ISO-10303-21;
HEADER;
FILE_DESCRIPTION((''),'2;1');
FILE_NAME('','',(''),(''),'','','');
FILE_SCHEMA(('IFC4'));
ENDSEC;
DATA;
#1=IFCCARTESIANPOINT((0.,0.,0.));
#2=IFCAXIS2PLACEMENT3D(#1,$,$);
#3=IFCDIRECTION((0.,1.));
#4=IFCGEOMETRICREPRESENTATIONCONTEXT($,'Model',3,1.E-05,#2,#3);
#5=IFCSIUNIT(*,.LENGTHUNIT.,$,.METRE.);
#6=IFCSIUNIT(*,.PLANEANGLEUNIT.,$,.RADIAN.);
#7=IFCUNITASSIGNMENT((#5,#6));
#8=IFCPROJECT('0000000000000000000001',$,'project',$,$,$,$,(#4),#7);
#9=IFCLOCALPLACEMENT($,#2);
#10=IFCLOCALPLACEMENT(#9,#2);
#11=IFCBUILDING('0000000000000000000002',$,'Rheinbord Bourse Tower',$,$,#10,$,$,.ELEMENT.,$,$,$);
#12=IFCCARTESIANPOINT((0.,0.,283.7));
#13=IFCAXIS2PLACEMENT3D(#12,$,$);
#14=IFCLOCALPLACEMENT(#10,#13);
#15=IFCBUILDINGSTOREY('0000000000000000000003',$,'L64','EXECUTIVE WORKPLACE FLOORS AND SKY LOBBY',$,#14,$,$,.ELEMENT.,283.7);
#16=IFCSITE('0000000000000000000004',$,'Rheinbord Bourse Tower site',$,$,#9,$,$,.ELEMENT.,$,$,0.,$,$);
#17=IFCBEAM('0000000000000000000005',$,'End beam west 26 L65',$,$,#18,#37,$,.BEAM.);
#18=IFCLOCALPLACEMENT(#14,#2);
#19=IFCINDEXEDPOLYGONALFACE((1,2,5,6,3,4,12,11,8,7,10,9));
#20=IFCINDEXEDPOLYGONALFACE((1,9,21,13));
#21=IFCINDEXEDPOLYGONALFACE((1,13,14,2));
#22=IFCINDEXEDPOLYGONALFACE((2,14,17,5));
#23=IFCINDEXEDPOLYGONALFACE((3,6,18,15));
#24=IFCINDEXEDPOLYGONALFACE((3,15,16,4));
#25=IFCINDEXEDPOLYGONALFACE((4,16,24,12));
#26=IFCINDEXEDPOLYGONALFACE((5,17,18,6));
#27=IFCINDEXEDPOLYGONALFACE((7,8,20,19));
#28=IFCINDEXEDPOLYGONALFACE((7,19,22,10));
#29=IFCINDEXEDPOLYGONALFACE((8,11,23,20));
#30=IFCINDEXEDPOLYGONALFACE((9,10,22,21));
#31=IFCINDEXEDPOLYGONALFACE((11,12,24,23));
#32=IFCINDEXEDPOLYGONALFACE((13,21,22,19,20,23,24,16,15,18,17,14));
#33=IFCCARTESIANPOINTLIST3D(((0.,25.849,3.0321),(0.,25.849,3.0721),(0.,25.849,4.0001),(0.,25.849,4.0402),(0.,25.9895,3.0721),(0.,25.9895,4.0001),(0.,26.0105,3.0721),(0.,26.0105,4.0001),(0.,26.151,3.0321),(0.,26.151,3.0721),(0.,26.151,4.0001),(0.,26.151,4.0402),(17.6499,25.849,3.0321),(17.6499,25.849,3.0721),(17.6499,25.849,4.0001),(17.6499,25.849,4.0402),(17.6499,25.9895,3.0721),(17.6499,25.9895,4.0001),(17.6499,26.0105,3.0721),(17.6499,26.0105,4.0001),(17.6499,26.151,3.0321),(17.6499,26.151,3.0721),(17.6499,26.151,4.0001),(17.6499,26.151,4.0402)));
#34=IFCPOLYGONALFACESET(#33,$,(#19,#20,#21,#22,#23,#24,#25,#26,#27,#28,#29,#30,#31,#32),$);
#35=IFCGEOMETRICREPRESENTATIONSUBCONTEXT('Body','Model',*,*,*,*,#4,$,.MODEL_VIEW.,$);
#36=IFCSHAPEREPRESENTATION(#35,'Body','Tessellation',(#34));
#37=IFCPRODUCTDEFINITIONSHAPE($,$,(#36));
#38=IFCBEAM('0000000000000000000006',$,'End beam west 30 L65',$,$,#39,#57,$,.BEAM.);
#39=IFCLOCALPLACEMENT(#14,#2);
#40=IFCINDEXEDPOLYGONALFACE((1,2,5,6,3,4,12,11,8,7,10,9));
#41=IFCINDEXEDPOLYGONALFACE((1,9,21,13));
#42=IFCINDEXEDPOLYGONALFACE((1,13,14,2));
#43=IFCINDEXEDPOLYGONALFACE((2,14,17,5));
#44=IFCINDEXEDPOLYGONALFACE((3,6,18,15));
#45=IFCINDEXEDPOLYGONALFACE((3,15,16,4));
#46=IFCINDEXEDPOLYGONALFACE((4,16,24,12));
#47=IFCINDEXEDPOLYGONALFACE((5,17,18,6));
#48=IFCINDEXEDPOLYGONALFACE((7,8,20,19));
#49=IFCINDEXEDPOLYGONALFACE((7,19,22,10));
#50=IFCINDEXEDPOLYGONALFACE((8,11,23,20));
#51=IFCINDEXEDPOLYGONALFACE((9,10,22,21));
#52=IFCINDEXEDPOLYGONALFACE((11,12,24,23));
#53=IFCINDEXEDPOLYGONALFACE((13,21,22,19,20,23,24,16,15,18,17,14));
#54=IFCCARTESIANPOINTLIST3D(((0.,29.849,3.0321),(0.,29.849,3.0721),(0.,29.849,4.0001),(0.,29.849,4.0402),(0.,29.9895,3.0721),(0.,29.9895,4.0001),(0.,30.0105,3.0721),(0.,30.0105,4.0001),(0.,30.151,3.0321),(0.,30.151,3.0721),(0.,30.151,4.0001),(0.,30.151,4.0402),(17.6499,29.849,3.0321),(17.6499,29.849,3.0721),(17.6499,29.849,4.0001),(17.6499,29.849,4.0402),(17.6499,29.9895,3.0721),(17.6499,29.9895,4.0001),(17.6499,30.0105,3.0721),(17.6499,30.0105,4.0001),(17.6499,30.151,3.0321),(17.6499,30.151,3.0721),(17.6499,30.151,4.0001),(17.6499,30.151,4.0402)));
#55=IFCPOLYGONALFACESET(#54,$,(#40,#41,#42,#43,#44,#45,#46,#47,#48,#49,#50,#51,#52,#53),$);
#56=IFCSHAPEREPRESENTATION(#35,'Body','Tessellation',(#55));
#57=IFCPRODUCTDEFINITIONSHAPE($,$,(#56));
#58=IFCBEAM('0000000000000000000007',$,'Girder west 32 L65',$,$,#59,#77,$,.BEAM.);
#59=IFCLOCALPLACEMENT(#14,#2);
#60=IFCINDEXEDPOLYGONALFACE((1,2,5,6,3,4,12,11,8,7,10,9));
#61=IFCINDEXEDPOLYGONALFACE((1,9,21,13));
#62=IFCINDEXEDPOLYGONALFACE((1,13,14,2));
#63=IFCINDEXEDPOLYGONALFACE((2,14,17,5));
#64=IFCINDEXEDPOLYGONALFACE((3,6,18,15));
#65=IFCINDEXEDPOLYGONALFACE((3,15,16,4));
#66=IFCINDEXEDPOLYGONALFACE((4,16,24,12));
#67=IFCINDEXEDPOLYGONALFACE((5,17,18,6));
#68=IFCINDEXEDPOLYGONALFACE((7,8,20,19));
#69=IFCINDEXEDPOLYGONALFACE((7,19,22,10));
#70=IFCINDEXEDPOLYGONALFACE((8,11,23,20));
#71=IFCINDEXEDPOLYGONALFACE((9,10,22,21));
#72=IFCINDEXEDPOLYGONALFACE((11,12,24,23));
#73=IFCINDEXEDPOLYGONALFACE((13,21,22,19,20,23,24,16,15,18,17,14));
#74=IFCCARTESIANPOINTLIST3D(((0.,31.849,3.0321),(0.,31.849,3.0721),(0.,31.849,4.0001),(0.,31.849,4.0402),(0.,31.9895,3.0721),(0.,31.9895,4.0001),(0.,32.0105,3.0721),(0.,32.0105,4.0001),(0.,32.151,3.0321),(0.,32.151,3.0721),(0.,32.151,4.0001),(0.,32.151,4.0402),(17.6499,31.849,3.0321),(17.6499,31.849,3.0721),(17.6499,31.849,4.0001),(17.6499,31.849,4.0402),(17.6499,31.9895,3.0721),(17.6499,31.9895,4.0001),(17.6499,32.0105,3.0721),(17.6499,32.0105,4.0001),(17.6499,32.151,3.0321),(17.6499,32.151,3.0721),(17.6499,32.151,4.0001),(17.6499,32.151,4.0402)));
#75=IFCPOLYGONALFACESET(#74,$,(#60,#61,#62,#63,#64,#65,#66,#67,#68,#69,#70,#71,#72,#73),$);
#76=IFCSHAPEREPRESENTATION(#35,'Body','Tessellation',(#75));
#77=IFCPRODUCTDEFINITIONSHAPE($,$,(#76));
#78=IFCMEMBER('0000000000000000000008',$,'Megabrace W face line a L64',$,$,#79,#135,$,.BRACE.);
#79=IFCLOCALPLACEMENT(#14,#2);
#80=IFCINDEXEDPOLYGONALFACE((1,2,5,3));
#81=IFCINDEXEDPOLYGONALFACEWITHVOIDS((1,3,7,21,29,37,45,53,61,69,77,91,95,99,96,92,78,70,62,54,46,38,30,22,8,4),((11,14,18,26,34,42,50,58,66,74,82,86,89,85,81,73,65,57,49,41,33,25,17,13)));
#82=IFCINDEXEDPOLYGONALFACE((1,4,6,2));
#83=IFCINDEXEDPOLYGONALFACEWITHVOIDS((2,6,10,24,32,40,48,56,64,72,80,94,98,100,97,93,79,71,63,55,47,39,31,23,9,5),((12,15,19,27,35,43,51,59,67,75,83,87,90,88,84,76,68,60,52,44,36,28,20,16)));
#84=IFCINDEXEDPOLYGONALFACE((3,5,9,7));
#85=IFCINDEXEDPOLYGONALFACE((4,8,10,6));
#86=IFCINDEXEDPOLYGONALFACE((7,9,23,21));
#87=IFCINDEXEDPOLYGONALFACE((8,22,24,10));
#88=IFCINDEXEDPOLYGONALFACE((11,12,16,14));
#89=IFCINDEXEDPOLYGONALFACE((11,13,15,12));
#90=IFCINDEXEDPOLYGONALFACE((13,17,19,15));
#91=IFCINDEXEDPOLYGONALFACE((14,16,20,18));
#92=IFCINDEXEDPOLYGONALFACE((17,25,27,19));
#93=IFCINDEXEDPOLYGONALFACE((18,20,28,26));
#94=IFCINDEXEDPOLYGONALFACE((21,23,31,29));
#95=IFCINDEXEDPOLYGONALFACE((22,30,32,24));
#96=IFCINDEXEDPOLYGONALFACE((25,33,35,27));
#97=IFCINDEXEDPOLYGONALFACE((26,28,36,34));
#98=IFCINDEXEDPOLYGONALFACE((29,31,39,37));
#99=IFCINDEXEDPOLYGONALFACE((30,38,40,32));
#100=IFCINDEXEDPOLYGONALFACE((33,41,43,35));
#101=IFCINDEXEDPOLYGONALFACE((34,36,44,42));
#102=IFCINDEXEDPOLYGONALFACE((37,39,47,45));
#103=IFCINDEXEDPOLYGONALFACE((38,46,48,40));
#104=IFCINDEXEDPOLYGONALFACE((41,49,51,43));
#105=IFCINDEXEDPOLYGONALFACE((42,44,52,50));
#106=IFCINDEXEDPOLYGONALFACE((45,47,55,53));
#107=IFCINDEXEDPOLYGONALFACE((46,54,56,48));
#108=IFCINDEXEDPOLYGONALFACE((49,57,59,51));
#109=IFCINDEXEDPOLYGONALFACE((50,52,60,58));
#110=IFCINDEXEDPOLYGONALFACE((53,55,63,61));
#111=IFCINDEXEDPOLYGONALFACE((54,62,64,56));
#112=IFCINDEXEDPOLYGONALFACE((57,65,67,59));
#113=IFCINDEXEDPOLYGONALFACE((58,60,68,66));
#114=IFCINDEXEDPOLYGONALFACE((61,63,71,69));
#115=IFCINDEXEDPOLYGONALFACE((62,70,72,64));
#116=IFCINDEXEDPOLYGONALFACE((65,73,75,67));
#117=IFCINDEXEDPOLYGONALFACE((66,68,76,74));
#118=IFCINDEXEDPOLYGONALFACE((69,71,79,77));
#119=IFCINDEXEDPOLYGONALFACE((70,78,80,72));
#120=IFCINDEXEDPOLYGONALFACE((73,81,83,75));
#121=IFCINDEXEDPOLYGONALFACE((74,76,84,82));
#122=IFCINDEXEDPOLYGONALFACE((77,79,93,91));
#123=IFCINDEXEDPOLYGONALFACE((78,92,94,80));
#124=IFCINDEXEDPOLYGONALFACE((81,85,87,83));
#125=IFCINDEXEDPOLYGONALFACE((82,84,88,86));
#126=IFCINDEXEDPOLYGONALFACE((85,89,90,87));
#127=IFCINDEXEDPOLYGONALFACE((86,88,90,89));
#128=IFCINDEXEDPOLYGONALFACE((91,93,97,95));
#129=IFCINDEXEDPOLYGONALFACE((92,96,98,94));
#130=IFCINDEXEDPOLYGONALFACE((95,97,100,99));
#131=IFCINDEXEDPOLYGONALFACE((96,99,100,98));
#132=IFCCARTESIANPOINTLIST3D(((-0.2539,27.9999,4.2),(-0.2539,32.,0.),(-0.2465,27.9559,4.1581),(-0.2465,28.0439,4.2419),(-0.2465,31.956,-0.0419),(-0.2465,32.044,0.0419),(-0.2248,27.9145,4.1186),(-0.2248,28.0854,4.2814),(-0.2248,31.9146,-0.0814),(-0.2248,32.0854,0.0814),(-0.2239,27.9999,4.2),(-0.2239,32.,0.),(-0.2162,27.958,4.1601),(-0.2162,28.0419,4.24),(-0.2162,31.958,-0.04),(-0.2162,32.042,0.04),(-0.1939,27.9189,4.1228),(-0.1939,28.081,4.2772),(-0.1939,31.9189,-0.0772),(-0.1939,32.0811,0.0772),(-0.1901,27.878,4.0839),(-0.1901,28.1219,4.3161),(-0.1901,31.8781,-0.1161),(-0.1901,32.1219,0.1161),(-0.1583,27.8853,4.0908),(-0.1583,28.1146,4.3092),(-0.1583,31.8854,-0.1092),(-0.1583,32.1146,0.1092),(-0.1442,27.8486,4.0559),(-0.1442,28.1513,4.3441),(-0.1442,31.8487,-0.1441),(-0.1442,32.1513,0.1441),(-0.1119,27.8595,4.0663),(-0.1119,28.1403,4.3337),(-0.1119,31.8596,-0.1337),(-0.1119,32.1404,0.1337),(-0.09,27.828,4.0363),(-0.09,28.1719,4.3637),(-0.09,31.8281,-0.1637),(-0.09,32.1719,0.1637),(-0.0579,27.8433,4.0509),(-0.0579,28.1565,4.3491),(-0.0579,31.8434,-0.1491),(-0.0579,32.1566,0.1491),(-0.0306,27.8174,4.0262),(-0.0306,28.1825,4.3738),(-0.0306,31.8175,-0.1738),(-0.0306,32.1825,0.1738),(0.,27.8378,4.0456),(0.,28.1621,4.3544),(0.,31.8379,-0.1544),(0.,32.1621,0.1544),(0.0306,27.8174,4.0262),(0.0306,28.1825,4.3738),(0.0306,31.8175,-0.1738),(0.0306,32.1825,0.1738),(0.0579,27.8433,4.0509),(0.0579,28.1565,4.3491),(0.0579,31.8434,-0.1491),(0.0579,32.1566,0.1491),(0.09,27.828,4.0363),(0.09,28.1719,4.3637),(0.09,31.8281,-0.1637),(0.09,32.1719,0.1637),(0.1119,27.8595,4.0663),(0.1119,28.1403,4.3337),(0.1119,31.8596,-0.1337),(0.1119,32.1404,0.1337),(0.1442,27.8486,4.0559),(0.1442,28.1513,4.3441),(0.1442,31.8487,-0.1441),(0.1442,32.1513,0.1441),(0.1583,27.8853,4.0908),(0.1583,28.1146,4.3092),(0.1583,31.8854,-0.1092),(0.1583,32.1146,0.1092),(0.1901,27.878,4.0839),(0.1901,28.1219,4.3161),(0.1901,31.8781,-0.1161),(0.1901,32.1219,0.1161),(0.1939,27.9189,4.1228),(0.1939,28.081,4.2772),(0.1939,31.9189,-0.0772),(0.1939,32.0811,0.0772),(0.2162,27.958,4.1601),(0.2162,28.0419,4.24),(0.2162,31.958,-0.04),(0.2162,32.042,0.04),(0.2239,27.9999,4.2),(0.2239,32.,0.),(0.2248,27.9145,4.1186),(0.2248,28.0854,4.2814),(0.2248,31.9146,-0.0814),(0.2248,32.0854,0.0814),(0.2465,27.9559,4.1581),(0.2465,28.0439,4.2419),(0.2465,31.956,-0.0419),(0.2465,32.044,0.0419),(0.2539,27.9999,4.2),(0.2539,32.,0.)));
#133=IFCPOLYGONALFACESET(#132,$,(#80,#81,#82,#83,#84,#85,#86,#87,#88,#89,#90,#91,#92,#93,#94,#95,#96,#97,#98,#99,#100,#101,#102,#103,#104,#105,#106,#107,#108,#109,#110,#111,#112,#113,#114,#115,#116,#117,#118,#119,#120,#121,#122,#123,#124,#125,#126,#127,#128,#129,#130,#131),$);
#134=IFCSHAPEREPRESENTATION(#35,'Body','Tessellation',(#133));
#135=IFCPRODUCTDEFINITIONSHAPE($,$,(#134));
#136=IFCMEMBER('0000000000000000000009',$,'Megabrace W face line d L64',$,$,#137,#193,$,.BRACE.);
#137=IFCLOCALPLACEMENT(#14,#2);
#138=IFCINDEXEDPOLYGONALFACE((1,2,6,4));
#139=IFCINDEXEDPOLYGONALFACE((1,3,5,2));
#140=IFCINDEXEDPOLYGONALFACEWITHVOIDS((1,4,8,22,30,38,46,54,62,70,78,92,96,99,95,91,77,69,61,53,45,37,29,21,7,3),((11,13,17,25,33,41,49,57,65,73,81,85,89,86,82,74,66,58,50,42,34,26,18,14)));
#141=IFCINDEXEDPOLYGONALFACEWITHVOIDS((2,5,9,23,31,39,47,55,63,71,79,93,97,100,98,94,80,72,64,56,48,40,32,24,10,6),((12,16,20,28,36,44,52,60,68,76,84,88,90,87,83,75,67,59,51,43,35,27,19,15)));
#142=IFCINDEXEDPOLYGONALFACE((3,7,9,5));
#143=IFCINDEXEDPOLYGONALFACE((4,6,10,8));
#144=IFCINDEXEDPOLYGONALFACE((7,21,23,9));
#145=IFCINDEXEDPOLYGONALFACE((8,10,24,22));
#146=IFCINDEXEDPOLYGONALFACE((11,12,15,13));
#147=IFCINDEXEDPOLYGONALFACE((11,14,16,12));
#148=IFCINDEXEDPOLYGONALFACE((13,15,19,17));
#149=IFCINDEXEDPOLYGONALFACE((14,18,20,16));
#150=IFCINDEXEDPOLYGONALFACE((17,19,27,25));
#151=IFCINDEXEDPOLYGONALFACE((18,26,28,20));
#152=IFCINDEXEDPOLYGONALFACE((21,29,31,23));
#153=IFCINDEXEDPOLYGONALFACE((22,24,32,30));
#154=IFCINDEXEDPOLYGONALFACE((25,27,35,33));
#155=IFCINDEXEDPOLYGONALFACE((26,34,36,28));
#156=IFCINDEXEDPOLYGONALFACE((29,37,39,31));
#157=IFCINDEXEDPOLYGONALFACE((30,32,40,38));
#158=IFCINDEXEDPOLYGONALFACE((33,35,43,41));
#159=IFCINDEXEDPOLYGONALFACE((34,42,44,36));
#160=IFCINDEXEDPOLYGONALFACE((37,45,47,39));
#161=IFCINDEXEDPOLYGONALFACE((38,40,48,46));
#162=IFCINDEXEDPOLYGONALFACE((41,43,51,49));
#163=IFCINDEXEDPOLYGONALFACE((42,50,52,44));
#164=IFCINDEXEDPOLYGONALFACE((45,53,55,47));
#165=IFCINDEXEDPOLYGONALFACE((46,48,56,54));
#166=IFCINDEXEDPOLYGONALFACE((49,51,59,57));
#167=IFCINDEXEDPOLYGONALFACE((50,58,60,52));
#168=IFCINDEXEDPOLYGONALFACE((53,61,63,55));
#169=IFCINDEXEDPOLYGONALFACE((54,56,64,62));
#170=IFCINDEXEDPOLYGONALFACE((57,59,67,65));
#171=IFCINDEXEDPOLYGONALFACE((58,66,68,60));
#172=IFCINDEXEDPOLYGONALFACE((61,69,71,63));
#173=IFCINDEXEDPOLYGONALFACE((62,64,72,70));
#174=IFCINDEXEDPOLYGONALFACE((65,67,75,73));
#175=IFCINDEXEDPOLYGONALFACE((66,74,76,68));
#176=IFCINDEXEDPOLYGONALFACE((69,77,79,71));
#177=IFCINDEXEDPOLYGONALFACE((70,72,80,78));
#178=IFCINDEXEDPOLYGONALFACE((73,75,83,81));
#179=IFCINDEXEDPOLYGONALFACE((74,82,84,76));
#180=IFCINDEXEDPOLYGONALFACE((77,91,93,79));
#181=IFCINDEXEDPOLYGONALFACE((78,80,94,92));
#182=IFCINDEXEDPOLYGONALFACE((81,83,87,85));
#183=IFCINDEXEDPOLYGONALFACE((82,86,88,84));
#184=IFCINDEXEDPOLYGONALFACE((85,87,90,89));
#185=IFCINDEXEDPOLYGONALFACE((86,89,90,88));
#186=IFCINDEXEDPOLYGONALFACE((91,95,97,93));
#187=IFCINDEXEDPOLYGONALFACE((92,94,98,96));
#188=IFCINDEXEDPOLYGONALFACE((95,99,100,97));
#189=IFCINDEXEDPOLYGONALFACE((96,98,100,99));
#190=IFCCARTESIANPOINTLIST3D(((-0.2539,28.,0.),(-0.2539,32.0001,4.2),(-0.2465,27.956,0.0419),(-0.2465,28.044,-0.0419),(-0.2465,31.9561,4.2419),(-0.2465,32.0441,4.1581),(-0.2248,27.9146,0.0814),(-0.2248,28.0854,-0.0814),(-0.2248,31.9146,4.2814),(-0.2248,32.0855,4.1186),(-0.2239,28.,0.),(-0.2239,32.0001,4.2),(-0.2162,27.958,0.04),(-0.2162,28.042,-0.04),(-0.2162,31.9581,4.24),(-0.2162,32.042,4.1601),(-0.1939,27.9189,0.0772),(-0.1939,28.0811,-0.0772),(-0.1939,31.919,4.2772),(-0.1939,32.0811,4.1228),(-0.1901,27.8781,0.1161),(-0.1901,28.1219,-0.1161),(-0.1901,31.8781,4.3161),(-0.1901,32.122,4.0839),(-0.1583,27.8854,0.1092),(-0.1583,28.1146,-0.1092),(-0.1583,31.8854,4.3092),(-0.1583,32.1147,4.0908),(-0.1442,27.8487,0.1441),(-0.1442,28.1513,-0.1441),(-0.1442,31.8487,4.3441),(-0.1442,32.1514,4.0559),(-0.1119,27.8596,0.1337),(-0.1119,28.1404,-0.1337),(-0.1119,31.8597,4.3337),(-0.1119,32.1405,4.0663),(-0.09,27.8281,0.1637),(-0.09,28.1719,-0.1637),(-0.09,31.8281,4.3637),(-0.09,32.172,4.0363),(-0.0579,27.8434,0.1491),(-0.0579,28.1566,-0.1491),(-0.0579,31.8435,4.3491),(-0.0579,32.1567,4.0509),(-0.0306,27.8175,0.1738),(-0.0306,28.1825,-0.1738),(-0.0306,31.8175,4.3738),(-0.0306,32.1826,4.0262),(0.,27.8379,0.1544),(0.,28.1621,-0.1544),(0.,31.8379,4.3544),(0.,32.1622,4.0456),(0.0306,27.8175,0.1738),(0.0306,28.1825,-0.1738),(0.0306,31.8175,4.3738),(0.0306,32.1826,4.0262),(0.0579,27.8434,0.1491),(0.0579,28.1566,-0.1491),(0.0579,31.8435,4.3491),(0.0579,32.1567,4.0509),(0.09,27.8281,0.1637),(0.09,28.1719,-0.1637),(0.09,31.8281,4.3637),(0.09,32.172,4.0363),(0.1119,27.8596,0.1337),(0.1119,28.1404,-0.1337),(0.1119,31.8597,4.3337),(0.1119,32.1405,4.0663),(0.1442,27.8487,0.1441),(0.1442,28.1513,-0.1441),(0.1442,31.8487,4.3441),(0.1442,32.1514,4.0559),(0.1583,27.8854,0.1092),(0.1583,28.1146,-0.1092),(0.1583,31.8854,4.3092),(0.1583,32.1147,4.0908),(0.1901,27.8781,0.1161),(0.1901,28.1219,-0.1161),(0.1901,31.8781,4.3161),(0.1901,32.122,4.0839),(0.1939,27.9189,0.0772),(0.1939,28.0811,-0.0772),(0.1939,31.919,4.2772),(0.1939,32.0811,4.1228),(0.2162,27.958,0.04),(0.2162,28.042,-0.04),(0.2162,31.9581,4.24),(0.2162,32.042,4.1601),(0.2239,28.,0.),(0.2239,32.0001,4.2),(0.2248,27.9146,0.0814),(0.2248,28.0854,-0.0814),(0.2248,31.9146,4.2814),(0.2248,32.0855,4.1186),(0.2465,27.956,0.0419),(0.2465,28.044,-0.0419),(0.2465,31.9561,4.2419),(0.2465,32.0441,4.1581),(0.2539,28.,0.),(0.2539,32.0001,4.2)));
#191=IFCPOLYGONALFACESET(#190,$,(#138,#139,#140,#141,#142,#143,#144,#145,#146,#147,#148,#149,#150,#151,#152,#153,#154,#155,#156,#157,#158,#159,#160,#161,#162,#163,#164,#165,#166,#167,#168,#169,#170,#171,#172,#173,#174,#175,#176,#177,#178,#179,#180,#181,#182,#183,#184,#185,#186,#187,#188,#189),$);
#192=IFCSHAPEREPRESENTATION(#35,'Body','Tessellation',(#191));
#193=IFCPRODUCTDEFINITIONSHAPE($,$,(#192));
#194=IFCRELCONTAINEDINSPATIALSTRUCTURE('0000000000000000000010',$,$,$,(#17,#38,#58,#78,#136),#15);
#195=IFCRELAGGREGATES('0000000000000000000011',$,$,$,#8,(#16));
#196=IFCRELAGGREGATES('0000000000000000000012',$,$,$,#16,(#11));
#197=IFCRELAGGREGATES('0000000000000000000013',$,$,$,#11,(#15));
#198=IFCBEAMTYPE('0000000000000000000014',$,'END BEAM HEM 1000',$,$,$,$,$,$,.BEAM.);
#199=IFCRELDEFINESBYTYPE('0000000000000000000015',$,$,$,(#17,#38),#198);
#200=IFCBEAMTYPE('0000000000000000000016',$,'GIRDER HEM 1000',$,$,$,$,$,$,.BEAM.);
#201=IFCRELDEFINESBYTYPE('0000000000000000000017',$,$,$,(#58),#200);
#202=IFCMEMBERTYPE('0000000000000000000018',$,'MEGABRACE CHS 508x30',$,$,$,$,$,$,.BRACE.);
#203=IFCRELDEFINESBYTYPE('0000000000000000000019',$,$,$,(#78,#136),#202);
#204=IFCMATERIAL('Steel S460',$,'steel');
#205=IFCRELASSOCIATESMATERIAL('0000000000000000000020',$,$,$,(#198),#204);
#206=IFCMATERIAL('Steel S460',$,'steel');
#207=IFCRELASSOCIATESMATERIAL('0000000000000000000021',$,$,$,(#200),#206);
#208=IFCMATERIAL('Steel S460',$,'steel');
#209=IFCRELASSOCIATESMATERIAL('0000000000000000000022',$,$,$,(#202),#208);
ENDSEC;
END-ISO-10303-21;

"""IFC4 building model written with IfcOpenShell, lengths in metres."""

from ifc_helpers import new_model, si_unit, direction, frame, origin, origin_2d, place, context, subcontext, project, spatial, hollow_circle, i_section, extrude, material, material_profile, profile_set, type_object, element, save


model = new_model("IFC4")

# Units and contexts
model_context = context("Model", 3, precision=1e-05, world=origin(), true_north=direction((0.0, 1.0)))
body_context = subcontext(model_context, "Body", "Model", "MODEL_VIEW")
ifc_project = project(units=[si_unit("LENGTHUNIT", "METRE"), si_unit("PLANEANGLEUNIT", "RADIAN")], contexts=[model_context])

# Site, building, storey
site_placement = place(None, origin())
site = spatial("IfcSite", under=ifc_project, at=site_placement, Name="Rheinbord Bourse Tower site", CompositionType="ELEMENT", RefElevation=0.0)
building_placement = place(site_placement, origin())
building = spatial("IfcBuilding", under=site, at=building_placement, Name="Rheinbord Bourse Tower", CompositionType="ELEMENT")
storey_placement = place(building_placement, frame((0.0, 0.0, 283.7)))
storey = spatial("IfcBuildingStorey", under=building, at=storey_placement, Name="L64", Description="EXECUTIVE WORKPLACE FLOORS AND SKY LOBBY", CompositionType="ELEMENT", Elevation=283.7)

# Beams
ifc_material_1 = material(Name="Steel S460", Category="steel")
ifc_material_profile_1 = material_profile(ifc_material_1, i_section(OverallWidth=0.302, OverallDepth=1.0081, WebThickness=0.021, FlangeThickness=0.04, at=origin_2d()), Name="HEM 1000")
ifc_profile_set_1 = profile_set([ifc_material_profile_1], Name="Steel S460")
beam_type_1 = type_object("IfcBeamType", Name="END BEAM HEM 1000", PredefinedType="BEAM", material=ifc_profile_set_1)
for number, where, z_axis, x_axis, name in (
    (1, (0.0, 26.0, 3.5361), (1.0, 0.0, 0.0), (0.0, 1.0, 0.0), "End beam west 26 L65"),
    (2, (0.0, 30.0, 3.5361), (1.0, 0.0, 0.0), (0.0, 1.0, 0.0), "End beam west 30 L65"),
):
    element("IfcBeam", number, at=place(storey_placement, frame(where, z_axis=z_axis, x_axis=x_axis)), inside=storey, type_object=beam_type_1, Name=name, PredefinedType="BEAM", context=body_context, shape_type="SweptSolid", body=[
        extrude(i_section(OverallWidth=0.302, OverallDepth=1.0081, WebThickness=0.021, FlangeThickness=0.04, at=origin_2d()), origin(), (0.0, 0.0, 1.0), 17.6499),
    ])
ifc_material_2 = material(Name="Steel S460", Category="steel")
ifc_material_profile_2 = material_profile(ifc_material_2, i_section(OverallWidth=0.302, OverallDepth=1.0081, WebThickness=0.021, FlangeThickness=0.04, at=origin_2d()), Name="HEM 1000")
ifc_profile_set_2 = profile_set([ifc_material_profile_2], Name="Steel S460")
beam_type_2 = type_object("IfcBeamType", Name="GIRDER HEM 1000", PredefinedType="BEAM", material=ifc_profile_set_2)
beam_placement = place(storey_placement, frame((0.0, 32.0, 3.5361), z_axis=(1.0, 0.0, 0.0), x_axis=(0.0, 1.0, 0.0)))
element("IfcBeam", 3, at=beam_placement, inside=storey, type_object=beam_type_2, Name="Girder west 32 L65", PredefinedType="BEAM", context=body_context, shape_type="SweptSolid", body=[
    extrude(i_section(OverallWidth=0.302, OverallDepth=1.0081, WebThickness=0.021, FlangeThickness=0.04, at=origin_2d()), origin(), (0.0, 0.0, 1.0), 17.6499),
])

# Members
ifc_material_3 = material(Name="Steel S460", Category="steel")
ifc_material_profile_3 = material_profile(ifc_material_3, hollow_circle(Radius=0.2539, WallThickness=0.03, at=origin_2d()), Name="CHS 508x30")
ifc_profile_set_3 = profile_set([ifc_material_profile_3], Name="Steel S460")
member_type_1 = type_object("IfcMemberType", Name="MEGABRACE CHS 508x30", PredefinedType="BRACE", material=ifc_profile_set_3)
for number, where, z_axis, x_axis, name in (
    (4, (0.0, 32.0, 0.0), (0.0, -0.689659, 0.724134), (1.0, 0.0, 0.0), "Megabrace W face line a L64"),
    (5, (0.0, 28.0, 0.0), (0.0, 0.689659, 0.724134), (-1.0, 0.0, 0.0), "Megabrace W face line d L64"),
):
    element("IfcMember", number, at=place(storey_placement, frame(where, z_axis=z_axis, x_axis=x_axis)), inside=storey, type_object=member_type_1, Name=name, PredefinedType="BRACE", context=body_context, shape_type="SweptSolid", body=[
        extrude(hollow_circle(Radius=0.2539, WallThickness=0.03, at=origin_2d()), origin(), (0.0, 0.0, 1.0), 5.8),
    ])

save(model, "model.ifc")
